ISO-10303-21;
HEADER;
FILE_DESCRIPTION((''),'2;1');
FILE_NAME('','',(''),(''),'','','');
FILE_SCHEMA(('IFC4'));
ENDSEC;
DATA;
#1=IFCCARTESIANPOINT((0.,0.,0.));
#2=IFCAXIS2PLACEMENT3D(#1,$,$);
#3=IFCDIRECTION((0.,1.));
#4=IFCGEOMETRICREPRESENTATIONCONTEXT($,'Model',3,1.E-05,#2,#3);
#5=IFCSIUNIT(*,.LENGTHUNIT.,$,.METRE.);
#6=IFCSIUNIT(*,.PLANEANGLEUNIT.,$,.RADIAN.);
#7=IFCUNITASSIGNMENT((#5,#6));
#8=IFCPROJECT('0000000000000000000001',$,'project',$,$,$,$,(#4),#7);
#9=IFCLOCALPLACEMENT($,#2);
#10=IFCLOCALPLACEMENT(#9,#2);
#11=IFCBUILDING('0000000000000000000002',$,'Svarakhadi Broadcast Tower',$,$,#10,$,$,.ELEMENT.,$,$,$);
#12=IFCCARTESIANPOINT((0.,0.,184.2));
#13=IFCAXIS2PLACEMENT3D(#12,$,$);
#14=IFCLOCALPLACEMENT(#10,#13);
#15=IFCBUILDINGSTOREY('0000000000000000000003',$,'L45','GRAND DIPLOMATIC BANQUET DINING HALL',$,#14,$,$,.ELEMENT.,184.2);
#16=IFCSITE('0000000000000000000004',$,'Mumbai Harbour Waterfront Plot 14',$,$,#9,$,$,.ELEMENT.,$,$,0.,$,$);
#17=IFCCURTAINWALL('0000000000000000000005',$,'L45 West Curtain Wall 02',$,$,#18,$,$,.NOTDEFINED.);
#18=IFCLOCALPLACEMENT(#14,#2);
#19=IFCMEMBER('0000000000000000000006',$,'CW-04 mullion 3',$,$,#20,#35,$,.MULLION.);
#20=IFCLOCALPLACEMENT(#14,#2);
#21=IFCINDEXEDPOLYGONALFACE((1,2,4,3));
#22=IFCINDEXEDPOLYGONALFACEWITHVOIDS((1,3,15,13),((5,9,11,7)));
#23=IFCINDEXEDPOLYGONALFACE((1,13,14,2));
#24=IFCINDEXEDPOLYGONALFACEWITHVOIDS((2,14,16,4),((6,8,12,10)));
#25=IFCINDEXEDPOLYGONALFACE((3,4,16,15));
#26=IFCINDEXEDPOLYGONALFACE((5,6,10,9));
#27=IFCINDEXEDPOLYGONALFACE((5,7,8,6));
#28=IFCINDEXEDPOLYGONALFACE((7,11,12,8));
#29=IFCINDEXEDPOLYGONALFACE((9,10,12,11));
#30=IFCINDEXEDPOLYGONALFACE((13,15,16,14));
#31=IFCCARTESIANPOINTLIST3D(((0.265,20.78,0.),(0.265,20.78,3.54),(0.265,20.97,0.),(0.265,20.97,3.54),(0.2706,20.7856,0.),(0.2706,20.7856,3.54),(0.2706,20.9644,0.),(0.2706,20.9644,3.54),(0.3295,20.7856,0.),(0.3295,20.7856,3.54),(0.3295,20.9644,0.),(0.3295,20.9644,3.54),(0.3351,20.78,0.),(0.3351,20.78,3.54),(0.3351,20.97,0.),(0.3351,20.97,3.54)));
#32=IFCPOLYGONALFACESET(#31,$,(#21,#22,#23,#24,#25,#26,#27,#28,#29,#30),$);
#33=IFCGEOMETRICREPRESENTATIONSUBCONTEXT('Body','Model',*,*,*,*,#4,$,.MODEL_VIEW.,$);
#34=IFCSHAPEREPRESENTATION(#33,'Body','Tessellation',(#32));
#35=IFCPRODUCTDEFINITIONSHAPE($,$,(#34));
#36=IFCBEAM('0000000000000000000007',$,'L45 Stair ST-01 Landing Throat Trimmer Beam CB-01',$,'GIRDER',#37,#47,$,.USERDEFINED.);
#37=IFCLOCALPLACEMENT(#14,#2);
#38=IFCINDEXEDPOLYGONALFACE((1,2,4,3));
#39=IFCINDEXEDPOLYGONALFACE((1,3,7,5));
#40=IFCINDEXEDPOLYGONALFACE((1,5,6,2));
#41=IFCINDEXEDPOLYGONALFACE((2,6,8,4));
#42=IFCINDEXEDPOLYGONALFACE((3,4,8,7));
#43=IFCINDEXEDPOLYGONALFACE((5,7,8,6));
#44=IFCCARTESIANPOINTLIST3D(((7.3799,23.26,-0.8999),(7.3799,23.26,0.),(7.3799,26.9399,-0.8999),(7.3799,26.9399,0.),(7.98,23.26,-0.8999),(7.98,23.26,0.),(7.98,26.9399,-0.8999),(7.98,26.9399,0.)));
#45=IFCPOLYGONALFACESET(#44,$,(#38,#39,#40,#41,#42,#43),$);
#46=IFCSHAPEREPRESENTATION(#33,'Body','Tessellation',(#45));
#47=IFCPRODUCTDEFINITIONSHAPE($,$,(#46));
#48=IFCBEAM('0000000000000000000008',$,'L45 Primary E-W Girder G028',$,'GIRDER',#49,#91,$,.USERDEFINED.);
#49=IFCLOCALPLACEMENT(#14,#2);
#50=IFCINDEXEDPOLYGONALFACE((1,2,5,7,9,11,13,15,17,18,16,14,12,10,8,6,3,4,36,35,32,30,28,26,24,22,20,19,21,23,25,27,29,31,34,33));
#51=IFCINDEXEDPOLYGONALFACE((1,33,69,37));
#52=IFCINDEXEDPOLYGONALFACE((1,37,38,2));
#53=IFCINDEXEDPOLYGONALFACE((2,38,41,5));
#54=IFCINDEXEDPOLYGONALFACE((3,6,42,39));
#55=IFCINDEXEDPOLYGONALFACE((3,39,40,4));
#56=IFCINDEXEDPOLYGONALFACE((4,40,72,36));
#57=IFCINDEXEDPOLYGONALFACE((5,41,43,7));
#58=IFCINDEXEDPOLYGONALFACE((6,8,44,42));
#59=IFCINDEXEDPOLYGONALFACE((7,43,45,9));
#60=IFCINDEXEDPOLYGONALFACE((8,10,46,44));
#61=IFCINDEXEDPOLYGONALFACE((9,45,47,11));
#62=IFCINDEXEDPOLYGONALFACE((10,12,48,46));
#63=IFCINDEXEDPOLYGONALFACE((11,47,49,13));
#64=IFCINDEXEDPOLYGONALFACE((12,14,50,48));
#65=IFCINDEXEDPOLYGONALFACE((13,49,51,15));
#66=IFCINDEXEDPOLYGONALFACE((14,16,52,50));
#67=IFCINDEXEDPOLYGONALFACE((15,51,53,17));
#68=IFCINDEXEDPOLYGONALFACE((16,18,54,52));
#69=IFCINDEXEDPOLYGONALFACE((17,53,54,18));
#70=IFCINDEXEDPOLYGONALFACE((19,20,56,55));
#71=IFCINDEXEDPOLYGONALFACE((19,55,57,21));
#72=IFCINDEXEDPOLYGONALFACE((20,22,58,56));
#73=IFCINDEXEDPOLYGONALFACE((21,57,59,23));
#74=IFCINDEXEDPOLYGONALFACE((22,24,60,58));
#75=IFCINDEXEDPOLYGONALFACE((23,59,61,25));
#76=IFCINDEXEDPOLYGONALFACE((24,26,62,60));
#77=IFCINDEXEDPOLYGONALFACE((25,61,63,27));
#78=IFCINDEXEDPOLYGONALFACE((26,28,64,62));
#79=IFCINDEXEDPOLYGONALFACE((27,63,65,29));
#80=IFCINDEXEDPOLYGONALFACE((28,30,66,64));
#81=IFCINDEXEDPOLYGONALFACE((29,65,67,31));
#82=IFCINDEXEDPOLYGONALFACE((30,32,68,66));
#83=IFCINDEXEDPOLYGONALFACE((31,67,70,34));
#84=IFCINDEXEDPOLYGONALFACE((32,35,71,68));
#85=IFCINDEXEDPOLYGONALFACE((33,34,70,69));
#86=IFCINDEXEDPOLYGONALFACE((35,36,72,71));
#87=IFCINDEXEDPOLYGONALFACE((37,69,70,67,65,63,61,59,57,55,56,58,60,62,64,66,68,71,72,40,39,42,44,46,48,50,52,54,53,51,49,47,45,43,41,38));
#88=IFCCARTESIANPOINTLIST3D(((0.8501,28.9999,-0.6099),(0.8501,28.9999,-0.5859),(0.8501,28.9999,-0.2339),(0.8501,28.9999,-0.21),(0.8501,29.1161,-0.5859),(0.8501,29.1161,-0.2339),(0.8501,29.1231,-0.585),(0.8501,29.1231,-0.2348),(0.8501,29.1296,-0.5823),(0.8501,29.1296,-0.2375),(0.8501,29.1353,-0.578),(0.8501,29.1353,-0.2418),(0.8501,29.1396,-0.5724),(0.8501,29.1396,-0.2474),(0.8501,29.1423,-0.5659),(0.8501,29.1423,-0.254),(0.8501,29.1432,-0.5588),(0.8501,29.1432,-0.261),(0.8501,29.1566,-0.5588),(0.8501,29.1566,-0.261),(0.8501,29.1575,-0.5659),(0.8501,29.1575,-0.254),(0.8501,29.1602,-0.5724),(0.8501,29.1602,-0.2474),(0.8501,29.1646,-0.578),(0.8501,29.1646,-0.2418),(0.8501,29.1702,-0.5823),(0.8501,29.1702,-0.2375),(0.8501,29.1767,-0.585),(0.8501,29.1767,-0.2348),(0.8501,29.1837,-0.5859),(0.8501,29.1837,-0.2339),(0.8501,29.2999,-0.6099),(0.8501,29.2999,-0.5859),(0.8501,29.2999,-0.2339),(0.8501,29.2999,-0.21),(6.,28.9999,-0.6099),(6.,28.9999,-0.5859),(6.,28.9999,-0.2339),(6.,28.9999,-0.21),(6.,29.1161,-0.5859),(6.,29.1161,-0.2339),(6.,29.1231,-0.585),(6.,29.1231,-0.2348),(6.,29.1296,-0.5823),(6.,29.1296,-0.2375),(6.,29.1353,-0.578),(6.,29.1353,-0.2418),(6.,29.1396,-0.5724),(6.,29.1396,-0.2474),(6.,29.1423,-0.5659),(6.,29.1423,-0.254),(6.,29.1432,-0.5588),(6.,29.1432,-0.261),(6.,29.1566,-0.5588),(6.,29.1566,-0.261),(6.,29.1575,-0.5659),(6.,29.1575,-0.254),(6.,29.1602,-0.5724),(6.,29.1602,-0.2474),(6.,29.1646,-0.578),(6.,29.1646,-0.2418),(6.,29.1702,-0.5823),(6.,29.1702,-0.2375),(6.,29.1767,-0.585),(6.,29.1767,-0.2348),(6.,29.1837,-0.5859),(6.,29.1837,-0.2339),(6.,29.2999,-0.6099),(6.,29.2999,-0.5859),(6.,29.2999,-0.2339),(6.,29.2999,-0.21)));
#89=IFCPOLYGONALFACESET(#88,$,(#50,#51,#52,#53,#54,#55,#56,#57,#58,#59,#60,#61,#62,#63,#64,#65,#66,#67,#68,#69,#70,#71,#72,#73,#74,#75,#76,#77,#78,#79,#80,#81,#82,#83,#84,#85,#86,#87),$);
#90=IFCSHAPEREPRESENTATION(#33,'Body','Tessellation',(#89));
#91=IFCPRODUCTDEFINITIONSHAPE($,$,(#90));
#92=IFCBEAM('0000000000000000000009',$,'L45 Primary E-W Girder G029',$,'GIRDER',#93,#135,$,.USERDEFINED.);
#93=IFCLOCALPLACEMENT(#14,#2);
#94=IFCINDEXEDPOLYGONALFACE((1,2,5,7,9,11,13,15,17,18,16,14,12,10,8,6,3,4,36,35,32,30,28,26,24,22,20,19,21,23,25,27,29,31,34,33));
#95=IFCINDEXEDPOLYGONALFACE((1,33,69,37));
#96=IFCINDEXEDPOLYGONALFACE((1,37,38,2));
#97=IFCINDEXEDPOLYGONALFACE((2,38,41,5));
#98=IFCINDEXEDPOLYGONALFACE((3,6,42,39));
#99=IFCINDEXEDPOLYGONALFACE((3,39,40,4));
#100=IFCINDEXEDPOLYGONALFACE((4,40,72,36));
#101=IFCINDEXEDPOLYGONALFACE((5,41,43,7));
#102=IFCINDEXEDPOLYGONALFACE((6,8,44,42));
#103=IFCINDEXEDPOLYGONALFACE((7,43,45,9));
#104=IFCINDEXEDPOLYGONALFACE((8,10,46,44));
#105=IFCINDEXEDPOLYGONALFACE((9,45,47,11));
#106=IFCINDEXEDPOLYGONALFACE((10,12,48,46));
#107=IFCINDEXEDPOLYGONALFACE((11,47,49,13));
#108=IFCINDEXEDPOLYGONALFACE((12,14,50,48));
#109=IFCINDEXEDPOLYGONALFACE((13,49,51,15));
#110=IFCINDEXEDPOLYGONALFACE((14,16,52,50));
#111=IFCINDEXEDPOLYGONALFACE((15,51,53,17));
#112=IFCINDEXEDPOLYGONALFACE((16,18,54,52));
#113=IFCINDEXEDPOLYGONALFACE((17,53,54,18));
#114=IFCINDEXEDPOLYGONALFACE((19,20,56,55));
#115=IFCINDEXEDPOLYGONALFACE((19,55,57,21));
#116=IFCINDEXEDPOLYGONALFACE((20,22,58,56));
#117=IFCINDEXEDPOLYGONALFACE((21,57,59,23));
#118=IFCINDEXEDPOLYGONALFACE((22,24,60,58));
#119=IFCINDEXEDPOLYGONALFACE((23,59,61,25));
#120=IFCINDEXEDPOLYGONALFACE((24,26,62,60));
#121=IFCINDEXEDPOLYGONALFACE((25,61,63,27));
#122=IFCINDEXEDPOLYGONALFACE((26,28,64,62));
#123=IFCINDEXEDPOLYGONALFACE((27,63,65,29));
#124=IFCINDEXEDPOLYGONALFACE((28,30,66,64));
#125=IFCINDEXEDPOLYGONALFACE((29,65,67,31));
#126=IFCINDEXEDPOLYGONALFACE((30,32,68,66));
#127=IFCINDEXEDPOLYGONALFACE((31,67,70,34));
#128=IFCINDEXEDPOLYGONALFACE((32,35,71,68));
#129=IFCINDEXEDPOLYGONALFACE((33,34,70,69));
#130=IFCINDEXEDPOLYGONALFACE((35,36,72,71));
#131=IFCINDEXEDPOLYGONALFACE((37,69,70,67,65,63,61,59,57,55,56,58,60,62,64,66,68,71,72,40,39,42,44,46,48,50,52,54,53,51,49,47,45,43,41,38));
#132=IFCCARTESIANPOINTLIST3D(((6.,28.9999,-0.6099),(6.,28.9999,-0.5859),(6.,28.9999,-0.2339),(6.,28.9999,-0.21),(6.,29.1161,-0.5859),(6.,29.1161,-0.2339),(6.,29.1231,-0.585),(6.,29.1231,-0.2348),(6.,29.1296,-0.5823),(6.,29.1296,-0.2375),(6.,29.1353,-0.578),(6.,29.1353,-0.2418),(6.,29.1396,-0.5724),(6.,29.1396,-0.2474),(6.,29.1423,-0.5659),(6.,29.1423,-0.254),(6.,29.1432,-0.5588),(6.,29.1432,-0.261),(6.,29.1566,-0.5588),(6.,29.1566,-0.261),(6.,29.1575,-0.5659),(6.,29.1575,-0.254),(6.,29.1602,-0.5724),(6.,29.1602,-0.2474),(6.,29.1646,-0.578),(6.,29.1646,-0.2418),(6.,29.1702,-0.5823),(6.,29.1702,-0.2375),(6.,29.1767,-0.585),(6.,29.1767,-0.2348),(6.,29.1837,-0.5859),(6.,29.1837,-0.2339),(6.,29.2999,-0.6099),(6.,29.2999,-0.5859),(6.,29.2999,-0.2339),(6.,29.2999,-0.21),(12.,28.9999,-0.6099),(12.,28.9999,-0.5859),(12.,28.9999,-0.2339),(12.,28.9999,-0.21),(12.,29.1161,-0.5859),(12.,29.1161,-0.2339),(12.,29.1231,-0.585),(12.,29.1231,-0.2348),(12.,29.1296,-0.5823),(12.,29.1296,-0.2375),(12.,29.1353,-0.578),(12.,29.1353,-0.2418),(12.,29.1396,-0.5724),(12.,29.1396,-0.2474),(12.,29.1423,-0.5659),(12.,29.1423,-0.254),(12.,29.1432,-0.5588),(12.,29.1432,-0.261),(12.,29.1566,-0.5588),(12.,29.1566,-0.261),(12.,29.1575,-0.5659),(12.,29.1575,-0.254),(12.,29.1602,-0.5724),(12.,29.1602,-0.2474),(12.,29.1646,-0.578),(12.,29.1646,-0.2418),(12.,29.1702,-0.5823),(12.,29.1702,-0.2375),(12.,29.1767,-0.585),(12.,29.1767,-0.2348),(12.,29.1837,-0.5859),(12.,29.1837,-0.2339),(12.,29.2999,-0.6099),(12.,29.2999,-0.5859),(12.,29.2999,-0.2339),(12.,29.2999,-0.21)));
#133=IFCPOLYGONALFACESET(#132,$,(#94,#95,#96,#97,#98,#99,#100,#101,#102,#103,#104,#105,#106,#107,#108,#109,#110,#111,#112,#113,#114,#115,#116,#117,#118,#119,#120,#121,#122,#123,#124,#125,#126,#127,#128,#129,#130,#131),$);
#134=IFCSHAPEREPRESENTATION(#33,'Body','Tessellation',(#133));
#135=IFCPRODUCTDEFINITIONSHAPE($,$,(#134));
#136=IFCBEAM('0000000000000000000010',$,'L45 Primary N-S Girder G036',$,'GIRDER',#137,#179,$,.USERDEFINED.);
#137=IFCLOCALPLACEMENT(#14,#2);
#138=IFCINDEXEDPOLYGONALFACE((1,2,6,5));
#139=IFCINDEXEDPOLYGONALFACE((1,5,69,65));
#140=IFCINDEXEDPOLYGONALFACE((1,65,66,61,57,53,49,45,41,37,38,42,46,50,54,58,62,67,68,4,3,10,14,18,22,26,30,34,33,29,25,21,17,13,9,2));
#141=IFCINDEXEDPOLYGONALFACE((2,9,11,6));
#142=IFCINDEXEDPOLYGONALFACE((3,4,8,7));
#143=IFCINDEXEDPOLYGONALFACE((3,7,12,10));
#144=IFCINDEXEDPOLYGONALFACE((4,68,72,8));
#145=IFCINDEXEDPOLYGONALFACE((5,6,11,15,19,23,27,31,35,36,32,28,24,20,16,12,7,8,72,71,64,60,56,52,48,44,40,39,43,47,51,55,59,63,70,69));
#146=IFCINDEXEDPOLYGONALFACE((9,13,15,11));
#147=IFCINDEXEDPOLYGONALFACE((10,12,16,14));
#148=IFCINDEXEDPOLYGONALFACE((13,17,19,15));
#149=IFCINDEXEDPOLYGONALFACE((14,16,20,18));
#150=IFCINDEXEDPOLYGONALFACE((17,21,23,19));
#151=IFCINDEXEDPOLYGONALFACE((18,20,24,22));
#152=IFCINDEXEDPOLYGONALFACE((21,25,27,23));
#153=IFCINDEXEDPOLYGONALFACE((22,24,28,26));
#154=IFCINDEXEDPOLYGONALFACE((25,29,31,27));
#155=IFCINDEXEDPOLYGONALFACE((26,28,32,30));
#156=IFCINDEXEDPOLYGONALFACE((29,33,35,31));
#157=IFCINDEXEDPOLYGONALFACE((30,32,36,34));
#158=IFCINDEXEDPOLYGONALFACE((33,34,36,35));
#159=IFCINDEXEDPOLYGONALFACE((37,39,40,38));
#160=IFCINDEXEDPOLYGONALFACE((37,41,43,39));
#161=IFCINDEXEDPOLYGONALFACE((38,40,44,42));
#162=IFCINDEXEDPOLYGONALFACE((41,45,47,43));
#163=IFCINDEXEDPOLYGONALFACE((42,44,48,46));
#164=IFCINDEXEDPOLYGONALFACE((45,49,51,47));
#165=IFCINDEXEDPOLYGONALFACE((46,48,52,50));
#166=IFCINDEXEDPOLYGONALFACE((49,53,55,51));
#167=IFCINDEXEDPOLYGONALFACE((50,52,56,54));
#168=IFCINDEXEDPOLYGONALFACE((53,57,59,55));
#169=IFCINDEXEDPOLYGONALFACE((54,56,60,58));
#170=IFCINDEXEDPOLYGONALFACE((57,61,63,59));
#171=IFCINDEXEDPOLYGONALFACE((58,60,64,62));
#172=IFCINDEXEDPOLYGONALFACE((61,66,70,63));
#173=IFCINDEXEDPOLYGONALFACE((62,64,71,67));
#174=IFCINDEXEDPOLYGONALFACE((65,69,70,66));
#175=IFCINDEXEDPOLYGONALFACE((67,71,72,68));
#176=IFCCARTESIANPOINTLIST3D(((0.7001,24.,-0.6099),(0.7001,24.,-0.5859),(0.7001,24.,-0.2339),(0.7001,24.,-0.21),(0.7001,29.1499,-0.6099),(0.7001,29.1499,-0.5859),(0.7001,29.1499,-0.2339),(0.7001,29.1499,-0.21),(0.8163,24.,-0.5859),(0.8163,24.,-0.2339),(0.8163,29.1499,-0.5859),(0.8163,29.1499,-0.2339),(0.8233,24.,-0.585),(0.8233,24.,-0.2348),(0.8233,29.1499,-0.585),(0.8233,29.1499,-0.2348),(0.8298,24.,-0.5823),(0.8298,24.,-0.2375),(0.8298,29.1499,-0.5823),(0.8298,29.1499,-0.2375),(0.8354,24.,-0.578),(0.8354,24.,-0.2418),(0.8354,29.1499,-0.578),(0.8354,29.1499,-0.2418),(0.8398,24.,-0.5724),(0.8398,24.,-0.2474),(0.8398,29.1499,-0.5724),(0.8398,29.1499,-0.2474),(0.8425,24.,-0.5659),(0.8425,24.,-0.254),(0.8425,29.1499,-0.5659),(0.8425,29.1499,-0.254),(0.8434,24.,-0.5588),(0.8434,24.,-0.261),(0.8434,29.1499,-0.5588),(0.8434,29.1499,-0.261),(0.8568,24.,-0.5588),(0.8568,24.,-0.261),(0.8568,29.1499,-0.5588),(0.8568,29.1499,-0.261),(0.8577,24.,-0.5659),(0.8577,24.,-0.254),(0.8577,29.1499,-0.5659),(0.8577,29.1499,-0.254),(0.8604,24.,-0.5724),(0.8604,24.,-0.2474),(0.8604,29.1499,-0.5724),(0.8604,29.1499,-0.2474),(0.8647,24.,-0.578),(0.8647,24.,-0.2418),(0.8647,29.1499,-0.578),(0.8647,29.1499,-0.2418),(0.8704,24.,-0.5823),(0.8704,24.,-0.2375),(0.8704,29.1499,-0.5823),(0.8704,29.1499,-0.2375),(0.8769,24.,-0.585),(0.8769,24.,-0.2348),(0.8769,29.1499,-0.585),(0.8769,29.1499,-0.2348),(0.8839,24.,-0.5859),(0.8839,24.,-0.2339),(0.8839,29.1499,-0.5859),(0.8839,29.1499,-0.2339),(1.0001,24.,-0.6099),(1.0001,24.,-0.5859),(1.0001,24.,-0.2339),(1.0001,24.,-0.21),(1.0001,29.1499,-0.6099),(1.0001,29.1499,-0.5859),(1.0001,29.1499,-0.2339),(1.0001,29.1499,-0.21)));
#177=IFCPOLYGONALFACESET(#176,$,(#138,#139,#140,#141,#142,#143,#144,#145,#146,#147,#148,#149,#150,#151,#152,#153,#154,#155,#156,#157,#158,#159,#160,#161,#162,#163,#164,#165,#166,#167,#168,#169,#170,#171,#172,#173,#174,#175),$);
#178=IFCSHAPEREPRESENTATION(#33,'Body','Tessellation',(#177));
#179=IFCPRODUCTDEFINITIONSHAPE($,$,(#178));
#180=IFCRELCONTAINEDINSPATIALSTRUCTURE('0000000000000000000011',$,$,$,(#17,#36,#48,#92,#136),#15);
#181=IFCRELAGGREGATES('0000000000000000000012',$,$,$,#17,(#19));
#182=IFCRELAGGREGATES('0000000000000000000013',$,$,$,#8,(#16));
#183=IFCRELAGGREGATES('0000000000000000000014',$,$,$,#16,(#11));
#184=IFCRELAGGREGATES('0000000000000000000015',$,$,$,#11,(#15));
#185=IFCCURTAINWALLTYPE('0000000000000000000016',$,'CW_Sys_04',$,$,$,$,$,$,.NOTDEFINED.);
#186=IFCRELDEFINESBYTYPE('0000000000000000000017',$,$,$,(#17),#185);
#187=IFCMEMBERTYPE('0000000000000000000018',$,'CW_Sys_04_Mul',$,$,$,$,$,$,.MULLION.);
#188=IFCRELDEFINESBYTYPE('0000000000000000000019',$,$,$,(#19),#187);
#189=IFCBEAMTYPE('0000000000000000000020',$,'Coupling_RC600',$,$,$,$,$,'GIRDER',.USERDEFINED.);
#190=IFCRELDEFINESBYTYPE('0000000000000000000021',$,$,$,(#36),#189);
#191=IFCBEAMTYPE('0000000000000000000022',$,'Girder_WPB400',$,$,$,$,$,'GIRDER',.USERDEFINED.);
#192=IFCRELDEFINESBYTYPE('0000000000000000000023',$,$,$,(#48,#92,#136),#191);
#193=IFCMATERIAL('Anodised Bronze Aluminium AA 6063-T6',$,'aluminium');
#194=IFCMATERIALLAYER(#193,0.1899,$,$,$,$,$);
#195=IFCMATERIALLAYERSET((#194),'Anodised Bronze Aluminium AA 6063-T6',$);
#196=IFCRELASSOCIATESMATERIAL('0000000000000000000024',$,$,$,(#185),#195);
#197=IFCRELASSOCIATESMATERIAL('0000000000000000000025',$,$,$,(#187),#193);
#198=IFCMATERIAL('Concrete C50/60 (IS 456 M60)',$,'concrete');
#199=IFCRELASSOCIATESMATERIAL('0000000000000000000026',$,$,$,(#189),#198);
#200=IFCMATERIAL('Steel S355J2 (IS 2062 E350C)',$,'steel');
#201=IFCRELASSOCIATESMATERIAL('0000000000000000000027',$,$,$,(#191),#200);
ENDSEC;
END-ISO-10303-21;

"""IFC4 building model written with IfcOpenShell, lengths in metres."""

from ifc_helpers import new_model, si_unit, direction, frame, origin, origin_2d, place, context, subcontext, project, spatial, rectangle, hollow_rectangle, i_section, extrude, material, layer, layer_set, material_profile, profile_set, type_object, element, aggregate, save


model = new_model("IFC4")

# Units and contexts
model_context = context("Model", 3, precision=1e-05, world=origin(), true_north=direction((0.0, 1.0)))
body_context = subcontext(model_context, "Body", "Model", "MODEL_VIEW")
ifc_project = project(units=[si_unit("LENGTHUNIT", "METRE"), si_unit("PLANEANGLEUNIT", "RADIAN")], contexts=[model_context])

# Site, building, storey
site_placement = place(None, origin())
site = spatial("IfcSite", under=ifc_project, at=site_placement, Name="Mumbai Harbour Waterfront Plot 14", CompositionType="ELEMENT", RefElevation=0.0)
building_placement = place(site_placement, origin())
building = spatial("IfcBuilding", under=site, at=building_placement, Name="Svarakhadi Broadcast Tower", CompositionType="ELEMENT")
storey_placement = place(building_placement, frame((0.0, 0.0, 184.2)))
storey = spatial("IfcBuildingStorey", under=building, at=storey_placement, Name="L45", Description="GRAND DIPLOMATIC BANQUET DINING HALL", CompositionType="ELEMENT", Elevation=184.2)

# Shared definitions
ifc_material_1 = material(Name="Concrete C50/60 (IS 456 M60)", Category="concrete")

# Shared definitions
ifc_material_2 = material(Name="Steel S355J2 (IS 2062 E350C)", Category="steel")

# Curtain wall, member
ifc_material_3 = material(Name="Anodised Bronze Aluminium AA 6063-T6", Category="aluminium")
ifc_layer_1 = layer(ifc_material_3, 0.1899)
ifc_layer_set_1 = layer_set([ifc_layer_1], Name="Anodised Bronze Aluminium AA 6063-T6")
curtain_wall_type = type_object("IfcCurtainWallType", Name="CW_Sys_04", PredefinedType="NOTDEFINED", material=ifc_layer_set_1)
curtain_wall_placement = place(storey_placement, origin())
curtain_wall = element("IfcCurtainWall", 1, at=curtain_wall_placement, inside=storey, type_object=curtain_wall_type, Name="L45 West Curtain Wall 02", PredefinedType="NOTDEFINED")
ifc_material_profile_1 = material_profile(ifc_material_3, hollow_rectangle(XDim=0.0701, YDim=0.1899, WallThickness=0.0056, at=origin_2d()), Name="ALU MULLION 190x70x6")
ifc_profile_set_1 = profile_set([ifc_material_profile_1], Name="Anodised Bronze Aluminium AA 6063-T6")
member_type = type_object("IfcMemberType", Name="CW_Sys_04_Mul", PredefinedType="MULLION", material=ifc_profile_set_1)
member_placement = place(storey_placement, frame((0.3, 20.875, 0.0), z_axis=(0.0, 0.0, 1.0), x_axis=(-1.0, 0.0, 0.0)))
member = element("IfcMember", 2, at=member_placement, type_object=member_type, Name="CW-04 mullion 3", PredefinedType="MULLION", context=body_context, shape_type="SweptSolid", body=[
    extrude(hollow_rectangle(XDim=0.0701, YDim=0.1899, WallThickness=0.0056, at=origin_2d()), origin(), (0.0, 0.0, 1.0), 3.54),
])
aggregate(curtain_wall, [member])

# Beams
ifc_material_profile_2 = material_profile(ifc_material_1, rectangle(XDim=0.6001, YDim=0.8999, at=origin_2d()), Name="RC 600x900")
ifc_profile_set_2 = profile_set([ifc_material_profile_2], Name="Concrete C50/60 (IS 456 M60)")
beam_type_1 = type_object("IfcBeamType", Name="Coupling_RC600", ElementType="GIRDER", PredefinedType="USERDEFINED", material=ifc_profile_set_2)
beam_1_placement = place(storey_placement, frame((7.6799, 23.26, -0.45), z_axis=(0.0, 1.0, 0.0), x_axis=(-1.0, 0.0, 0.0)))
element("IfcBeam", 3, at=beam_1_placement, inside=storey, type_object=beam_type_1, Name="L45 Stair ST-01 Landing Throat Trimmer Beam CB-01", ObjectType="GIRDER", PredefinedType="USERDEFINED", context=body_context, shape_type="SweptSolid", body=[
    extrude(rectangle(XDim=0.6001, YDim=0.8999, at=origin_2d()), origin(), (0.0, 0.0, 1.0), 3.6799),
])
ifc_material_profile_3 = material_profile(ifc_material_2, i_section(OverallWidth=0.3, OverallDepth=0.3999, WebThickness=0.0134, FlangeThickness=0.0239, FilletRadius=0.0271, at=origin_2d()), Name="WPB 400x300x155")
ifc_profile_set_3 = profile_set([ifc_material_profile_3], Name="Steel S355J2 (IS 2062 E350C)")
beam_type_2 = type_object("IfcBeamType", Name="Girder_WPB400", ElementType="GIRDER", PredefinedType="USERDEFINED", material=ifc_profile_set_3)
beam_2_placement = place(storey_placement, frame((0.8501, 29.1499, -0.4099), z_axis=(1.0, 0.0, 0.0), x_axis=(0.0, 1.0, 0.0)))
element("IfcBeam", 4, at=beam_2_placement, inside=storey, type_object=beam_type_2, Name="L45 Primary E-W Girder G028", ObjectType="GIRDER", PredefinedType="USERDEFINED", context=body_context, shape_type="SweptSolid", body=[
    extrude(i_section(OverallWidth=0.3, OverallDepth=0.3999, WebThickness=0.0134, FlangeThickness=0.0239, FilletRadius=0.0271, at=origin_2d()), origin(), (0.0, 0.0, 1.0), 5.1499),
])
beam_3_placement = place(storey_placement, frame((6.0, 29.1499, -0.4099), z_axis=(1.0, 0.0, 0.0), x_axis=(0.0, 1.0, 0.0)))
element("IfcBeam", 5, at=beam_3_placement, inside=storey, type_object=beam_type_2, Name="L45 Primary E-W Girder G029", ObjectType="GIRDER", PredefinedType="USERDEFINED", context=body_context, shape_type="SweptSolid", body=[
    extrude(i_section(OverallWidth=0.3, OverallDepth=0.3999, WebThickness=0.0134, FlangeThickness=0.0239, FilletRadius=0.0271, at=origin_2d()), origin(), (0.0, 0.0, 1.0), 6.0),
])
beam_4_placement = place(storey_placement, frame((0.8501, 24.0, -0.4099), z_axis=(0.0, 1.0, 0.0), x_axis=(-1.0, 0.0, 0.0)))
element("IfcBeam", 6, at=beam_4_placement, inside=storey, type_object=beam_type_2, Name="L45 Primary N-S Girder G036", ObjectType="GIRDER", PredefinedType="USERDEFINED", context=body_context, shape_type="SweptSolid", body=[
    extrude(i_section(OverallWidth=0.3, OverallDepth=0.3999, WebThickness=0.0134, FlangeThickness=0.0239, FilletRadius=0.0271, at=origin_2d()), origin(), (0.0, 0.0, 1.0), 5.1499),
])

save(model, "model.ifc")
